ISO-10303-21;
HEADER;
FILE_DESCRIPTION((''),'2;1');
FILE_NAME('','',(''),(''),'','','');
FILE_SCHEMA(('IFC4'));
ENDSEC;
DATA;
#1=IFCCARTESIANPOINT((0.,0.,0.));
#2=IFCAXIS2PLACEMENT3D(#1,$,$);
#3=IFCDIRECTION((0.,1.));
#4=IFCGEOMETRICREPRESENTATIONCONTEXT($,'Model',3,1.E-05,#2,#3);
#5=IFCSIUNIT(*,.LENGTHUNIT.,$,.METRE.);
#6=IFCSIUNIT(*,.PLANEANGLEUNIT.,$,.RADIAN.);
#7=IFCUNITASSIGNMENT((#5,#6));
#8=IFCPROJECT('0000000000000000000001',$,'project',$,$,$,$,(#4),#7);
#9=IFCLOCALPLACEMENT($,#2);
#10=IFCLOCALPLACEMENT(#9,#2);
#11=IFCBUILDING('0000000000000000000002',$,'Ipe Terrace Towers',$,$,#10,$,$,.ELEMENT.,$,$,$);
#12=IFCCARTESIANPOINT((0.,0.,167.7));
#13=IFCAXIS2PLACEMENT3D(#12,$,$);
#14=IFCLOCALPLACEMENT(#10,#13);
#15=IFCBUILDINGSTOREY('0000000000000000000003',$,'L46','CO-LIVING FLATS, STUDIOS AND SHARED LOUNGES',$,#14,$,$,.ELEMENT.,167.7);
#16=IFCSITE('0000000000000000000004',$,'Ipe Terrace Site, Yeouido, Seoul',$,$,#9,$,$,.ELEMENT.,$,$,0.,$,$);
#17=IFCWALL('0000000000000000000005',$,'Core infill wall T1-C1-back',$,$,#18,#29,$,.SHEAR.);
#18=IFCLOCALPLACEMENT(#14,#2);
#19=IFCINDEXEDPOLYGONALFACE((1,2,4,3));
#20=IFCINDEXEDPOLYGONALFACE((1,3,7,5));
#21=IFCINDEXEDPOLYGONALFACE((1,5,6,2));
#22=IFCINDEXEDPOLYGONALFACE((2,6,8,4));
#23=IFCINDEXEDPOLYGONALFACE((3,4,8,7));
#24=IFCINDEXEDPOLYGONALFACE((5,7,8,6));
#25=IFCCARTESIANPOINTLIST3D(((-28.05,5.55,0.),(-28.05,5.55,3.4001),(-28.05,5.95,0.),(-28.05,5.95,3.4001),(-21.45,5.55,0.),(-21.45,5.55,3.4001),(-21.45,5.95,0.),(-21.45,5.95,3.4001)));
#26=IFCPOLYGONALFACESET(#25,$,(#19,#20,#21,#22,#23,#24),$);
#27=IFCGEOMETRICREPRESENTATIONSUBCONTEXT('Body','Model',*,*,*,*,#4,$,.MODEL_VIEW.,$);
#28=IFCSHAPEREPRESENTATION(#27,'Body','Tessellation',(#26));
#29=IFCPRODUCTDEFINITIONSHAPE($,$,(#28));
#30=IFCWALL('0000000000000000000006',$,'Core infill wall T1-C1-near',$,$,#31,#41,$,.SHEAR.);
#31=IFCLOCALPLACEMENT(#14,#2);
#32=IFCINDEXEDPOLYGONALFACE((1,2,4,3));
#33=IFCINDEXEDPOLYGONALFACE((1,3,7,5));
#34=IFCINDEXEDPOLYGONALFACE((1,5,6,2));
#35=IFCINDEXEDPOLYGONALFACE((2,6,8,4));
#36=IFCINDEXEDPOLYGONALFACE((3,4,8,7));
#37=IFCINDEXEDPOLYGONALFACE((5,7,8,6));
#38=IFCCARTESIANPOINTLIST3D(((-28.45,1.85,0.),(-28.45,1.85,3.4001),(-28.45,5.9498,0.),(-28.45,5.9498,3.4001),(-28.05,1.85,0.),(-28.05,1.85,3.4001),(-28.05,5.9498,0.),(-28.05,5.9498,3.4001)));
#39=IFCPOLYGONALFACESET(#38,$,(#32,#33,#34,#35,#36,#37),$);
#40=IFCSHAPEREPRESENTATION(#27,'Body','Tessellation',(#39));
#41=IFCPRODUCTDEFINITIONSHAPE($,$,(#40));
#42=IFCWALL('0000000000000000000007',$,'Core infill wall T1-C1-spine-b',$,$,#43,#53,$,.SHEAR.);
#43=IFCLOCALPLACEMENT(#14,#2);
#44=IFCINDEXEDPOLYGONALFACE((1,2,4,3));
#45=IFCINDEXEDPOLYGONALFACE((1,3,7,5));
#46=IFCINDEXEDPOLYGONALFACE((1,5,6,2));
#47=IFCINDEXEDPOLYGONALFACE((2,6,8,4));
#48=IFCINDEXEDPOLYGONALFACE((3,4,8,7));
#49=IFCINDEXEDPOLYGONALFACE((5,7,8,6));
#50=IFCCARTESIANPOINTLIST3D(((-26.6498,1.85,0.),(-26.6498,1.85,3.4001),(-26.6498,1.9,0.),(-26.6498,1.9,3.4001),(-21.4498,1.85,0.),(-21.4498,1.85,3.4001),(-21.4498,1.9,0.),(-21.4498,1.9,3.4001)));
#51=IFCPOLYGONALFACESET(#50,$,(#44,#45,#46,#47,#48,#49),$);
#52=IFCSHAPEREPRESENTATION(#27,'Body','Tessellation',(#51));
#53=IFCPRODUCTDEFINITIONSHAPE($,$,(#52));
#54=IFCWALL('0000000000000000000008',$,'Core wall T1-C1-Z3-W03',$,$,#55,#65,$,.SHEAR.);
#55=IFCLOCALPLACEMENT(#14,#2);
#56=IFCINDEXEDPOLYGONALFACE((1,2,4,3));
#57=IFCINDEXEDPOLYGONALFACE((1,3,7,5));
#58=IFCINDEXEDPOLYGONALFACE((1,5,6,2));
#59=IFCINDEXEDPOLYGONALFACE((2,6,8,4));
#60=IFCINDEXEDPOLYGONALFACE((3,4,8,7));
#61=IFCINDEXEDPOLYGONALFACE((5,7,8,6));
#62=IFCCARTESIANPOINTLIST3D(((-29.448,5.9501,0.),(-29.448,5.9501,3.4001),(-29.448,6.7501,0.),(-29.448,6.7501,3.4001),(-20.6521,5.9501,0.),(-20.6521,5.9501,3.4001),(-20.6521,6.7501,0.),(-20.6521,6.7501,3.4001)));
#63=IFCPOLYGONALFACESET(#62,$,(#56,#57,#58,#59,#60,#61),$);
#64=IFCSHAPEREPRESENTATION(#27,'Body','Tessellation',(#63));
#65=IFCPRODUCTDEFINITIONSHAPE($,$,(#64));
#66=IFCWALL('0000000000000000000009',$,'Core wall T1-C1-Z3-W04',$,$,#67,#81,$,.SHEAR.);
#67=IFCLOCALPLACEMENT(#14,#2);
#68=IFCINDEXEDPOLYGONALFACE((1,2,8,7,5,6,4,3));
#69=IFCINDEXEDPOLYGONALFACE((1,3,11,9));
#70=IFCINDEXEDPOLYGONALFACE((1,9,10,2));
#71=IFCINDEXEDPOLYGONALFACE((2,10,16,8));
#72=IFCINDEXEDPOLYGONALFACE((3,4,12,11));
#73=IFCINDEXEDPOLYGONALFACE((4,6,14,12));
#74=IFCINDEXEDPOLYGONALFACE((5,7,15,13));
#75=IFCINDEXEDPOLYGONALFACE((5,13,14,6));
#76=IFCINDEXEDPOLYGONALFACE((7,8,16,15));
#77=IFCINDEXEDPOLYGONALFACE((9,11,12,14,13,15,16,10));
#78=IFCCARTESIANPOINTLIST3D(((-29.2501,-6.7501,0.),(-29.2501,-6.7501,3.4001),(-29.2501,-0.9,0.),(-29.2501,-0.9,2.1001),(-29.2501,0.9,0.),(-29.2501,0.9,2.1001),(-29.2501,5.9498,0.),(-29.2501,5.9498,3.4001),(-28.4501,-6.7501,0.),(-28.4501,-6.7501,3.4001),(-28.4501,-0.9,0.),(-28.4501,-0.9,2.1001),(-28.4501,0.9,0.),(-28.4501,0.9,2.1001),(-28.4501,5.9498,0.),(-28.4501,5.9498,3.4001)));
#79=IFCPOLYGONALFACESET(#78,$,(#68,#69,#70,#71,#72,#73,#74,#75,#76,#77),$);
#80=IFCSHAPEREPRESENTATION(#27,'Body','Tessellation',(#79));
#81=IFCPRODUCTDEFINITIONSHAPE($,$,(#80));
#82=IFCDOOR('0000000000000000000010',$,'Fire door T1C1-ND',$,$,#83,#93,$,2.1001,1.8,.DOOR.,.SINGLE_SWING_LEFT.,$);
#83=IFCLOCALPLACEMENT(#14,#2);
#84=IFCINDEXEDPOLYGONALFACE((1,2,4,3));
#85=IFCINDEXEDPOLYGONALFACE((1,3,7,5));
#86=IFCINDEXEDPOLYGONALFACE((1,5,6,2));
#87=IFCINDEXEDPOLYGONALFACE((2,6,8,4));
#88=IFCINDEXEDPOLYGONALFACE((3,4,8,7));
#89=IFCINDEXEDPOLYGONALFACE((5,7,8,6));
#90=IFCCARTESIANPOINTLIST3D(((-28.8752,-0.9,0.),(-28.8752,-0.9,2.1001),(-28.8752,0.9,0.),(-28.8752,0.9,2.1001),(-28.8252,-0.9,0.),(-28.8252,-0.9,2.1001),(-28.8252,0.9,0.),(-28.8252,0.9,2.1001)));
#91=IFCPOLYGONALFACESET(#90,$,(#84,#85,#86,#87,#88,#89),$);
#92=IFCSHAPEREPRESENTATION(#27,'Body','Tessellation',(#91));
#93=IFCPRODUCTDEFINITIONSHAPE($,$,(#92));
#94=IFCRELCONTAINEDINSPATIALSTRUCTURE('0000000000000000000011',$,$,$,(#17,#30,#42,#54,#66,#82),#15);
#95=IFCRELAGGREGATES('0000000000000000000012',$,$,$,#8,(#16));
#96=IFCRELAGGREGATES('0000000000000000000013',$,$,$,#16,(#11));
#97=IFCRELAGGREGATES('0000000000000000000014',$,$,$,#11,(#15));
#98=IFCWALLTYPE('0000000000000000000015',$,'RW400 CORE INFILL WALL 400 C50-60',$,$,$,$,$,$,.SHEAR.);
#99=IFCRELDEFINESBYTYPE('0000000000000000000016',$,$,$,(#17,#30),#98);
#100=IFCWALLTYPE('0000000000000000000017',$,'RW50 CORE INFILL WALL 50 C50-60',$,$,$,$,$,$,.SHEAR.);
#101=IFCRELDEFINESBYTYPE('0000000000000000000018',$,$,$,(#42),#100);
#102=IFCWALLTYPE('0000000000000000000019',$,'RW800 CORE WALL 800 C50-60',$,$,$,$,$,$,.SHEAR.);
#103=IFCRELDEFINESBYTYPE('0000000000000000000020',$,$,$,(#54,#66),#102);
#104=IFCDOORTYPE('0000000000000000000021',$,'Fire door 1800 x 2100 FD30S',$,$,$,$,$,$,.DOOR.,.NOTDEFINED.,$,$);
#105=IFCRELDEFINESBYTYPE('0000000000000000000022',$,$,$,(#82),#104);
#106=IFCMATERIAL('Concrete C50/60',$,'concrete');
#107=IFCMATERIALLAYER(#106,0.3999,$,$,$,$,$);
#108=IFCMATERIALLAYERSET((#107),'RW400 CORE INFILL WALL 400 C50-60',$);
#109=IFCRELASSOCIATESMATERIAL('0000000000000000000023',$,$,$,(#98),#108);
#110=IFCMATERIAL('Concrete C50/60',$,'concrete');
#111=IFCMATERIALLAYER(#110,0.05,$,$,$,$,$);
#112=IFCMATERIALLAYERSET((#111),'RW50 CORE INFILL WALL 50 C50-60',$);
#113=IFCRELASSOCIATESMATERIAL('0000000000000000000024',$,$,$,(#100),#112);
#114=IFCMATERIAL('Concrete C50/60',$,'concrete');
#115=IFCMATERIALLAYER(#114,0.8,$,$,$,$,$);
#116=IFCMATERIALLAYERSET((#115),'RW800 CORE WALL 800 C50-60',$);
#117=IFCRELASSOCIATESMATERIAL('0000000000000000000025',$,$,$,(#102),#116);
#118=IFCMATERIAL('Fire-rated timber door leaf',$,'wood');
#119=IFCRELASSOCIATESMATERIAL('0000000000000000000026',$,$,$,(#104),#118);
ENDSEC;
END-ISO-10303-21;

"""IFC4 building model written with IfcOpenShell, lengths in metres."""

from ifc_helpers import new_model, si_unit, direction, frame, frame_2d, origin, place, context, subcontext, project, spatial, rectangle, extrude, material, layer, layer_set, type_object, element, fill, save


model = new_model("IFC4")

# Units and contexts
model_context = context("Model", 3, precision=1e-05, world=origin(), true_north=direction((0.0, 1.0)))
body_context = subcontext(model_context, "Body", "Model", "MODEL_VIEW")
ifc_project = project(units=[si_unit("LENGTHUNIT", "METRE"), si_unit("PLANEANGLEUNIT", "RADIAN")], contexts=[model_context])

# Site, building, storey
site_placement = place(None, origin())
site = spatial("IfcSite", under=ifc_project, at=site_placement, Name="Ipe Terrace Site, Yeouido, Seoul", CompositionType="ELEMENT", RefElevation=0.0)
building_placement = place(site_placement, origin())
building = spatial("IfcBuilding", under=site, at=building_placement, Name="Ipe Terrace Towers", CompositionType="ELEMENT")
storey_placement = place(building_placement, frame((0.0, 0.0, 167.7)))
storey = spatial("IfcBuildingStorey", under=building, at=storey_placement, Name="L46", Description="CO-LIVING FLATS, STUDIOS AND SHARED LOUNGES", CompositionType="ELEMENT", Elevation=167.7)

# Walls
ifc_material_1 = material(Name="Concrete C50/60", Category="concrete")
ifc_layer_1 = layer(ifc_material_1, 0.3999)
ifc_layer_set_1 = layer_set([ifc_layer_1], Name="RW400 CORE INFILL WALL 400 C50-60")
wall_type_1 = type_object("IfcWallType", Name="RW400 CORE INFILL WALL 400 C50-60", PredefinedType="SHEAR", material=ifc_layer_set_1)
wall_1_placement = place(storey_placement, frame((-28.05, 5.75, 0.0), z_axis=(0.0, 0.0, 1.0), x_axis=(1.0, 0.0, 0.0)))
element("IfcWall", 1, at=wall_1_placement, inside=storey, type_object=wall_type_1, Name="Core infill wall T1-C1-back", PredefinedType="SHEAR", context=body_context, shape_type="SweptSolid", body=[
    extrude(rectangle(XDim=6.6001, YDim=0.3999, at=frame_2d((3.3, 0.0))), origin(), (0.0, 0.0, 1.0), 3.4001),
])
wall_2_placement = place(storey_placement, frame((-28.25, 1.8501, 0.0), z_axis=(0.0, 0.0, 1.0), x_axis=(0.0, 1.0, 0.0)))
element("IfcWall", 2, at=wall_2_placement, inside=storey, type_object=wall_type_1, Name="Core infill wall T1-C1-near", PredefinedType="SHEAR", context=body_context, shape_type="SweptSolid", body=[
    extrude(rectangle(XDim=4.0999, YDim=0.3999, at=frame_2d((2.0498, 0.0))), origin(), (0.0, 0.0, 1.0), 3.4001),
])
ifc_material_2 = material(Name="Concrete C50/60", Category="concrete")
ifc_layer_2 = layer(ifc_material_2, 0.05)
ifc_layer_set_2 = layer_set([ifc_layer_2], Name="RW50 CORE INFILL WALL 50 C50-60")
wall_type_2 = type_object("IfcWallType", Name="RW50 CORE INFILL WALL 50 C50-60", PredefinedType="SHEAR", material=ifc_layer_set_2)
wall_3_placement = place(storey_placement, frame((-26.6499, 1.875, 0.0), z_axis=(0.0, 0.0, 1.0), x_axis=(1.0, 0.0, 0.0)))
element("IfcWall", 3, at=wall_3_placement, inside=storey, type_object=wall_type_2, Name="Core infill wall T1-C1-spine-b", PredefinedType="SHEAR", context=body_context, shape_type="SweptSolid", body=[
    extrude(rectangle(XDim=5.2, YDim=0.05, at=frame_2d((2.6001, 0.0))), origin(), (0.0, 0.0, 1.0), 3.4001),
])
ifc_material_3 = material(Name="Concrete C50/60", Category="concrete")
ifc_layer_3 = layer(ifc_material_3, 0.8)
ifc_layer_set_3 = layer_set([ifc_layer_3], Name="RW800 CORE WALL 800 C50-60")
wall_type_3 = type_object("IfcWallType", Name="RW800 CORE WALL 800 C50-60", PredefinedType="SHEAR", material=ifc_layer_set_3)
wall_4_placement = place(storey_placement, frame((-20.6521, 6.3501, 0.0), z_axis=(0.0, 0.0, 1.0), x_axis=(-1.0, 0.0, 0.0)))
element("IfcWall", 4, at=wall_4_placement, inside=storey, type_object=wall_type_3, Name="Core wall T1-C1-Z3-W03", PredefinedType="SHEAR", context=body_context, shape_type="SweptSolid", body=[
    extrude(rectangle(XDim=8.7959, YDim=0.8, at=frame_2d((4.3979, 0.0))), origin(), (0.0, 0.0, 1.0), 3.4001),
])

# Wall, opening, door
wall_5_placement = place(storey_placement, frame((-28.8501, 5.95, 0.0), z_axis=(0.0, 0.0, 1.0), x_axis=(0.0, -1.0, 0.0)))
wall_5 = element("IfcWall", 5, at=wall_5_placement, inside=storey, type_object=wall_type_3, Name="Core wall T1-C1-Z3-W04", PredefinedType="SHEAR", context=body_context, shape_type="SweptSolid", body=[
    extrude(rectangle(XDim=12.7, YDim=0.8, at=frame_2d((6.3501, 0.0))), origin(), (0.0, 0.0, 1.0), 3.4001),
])
opening_1_placement = place(wall_5_placement, frame((5.05, 0.0, 0.0)))
opening_1 = element("IfcOpeningElement", 6, at=opening_1_placement, cuts=wall_5, PredefinedType="OPENING", context=body_context, shape_type="SweptSolid", body=[
    extrude(rectangle(XDim=1.8, YDim=2.1001, at=frame_2d((0.8999, 1.05))), frame((0.0, 0.4102, 0.0), z_axis=(0.0, -1.0, 0.0), x_axis=(1.0, 0.0, 0.0)), (0.0, 0.0, 1.0), 0.8201),
])
ifc_material_4 = material(Name="Fire-rated timber door leaf", Category="wood")
door_type_1 = type_object("IfcDoorType", Name="Fire door 1800 x 2100 FD30S", OperationType="NOTDEFINED", PredefinedType="DOOR", material=ifc_material_4)
door_1_placement = place(opening_1_placement, origin())
door_1 = element("IfcDoor", 7, at=door_1_placement, inside=storey, type_object=door_type_1, Name="Fire door T1C1-ND", OperationType="SINGLE_SWING_LEFT", OverallHeight=2.1001, OverallWidth=1.8, PredefinedType="DOOR", context=body_context, shape_type="SweptSolid", body=[
    extrude(rectangle(XDim=1.8, YDim=2.1001, at=frame_2d((0.8999, 1.05))), frame((0.0, 0.0249, 0.0), z_axis=(0.0, -1.0, 0.0), x_axis=(1.0, 0.0, 0.0)), (0.0, 0.0, 1.0), 0.05),
])
fill(opening_1, door_1)

save(model, "model.ifc")
